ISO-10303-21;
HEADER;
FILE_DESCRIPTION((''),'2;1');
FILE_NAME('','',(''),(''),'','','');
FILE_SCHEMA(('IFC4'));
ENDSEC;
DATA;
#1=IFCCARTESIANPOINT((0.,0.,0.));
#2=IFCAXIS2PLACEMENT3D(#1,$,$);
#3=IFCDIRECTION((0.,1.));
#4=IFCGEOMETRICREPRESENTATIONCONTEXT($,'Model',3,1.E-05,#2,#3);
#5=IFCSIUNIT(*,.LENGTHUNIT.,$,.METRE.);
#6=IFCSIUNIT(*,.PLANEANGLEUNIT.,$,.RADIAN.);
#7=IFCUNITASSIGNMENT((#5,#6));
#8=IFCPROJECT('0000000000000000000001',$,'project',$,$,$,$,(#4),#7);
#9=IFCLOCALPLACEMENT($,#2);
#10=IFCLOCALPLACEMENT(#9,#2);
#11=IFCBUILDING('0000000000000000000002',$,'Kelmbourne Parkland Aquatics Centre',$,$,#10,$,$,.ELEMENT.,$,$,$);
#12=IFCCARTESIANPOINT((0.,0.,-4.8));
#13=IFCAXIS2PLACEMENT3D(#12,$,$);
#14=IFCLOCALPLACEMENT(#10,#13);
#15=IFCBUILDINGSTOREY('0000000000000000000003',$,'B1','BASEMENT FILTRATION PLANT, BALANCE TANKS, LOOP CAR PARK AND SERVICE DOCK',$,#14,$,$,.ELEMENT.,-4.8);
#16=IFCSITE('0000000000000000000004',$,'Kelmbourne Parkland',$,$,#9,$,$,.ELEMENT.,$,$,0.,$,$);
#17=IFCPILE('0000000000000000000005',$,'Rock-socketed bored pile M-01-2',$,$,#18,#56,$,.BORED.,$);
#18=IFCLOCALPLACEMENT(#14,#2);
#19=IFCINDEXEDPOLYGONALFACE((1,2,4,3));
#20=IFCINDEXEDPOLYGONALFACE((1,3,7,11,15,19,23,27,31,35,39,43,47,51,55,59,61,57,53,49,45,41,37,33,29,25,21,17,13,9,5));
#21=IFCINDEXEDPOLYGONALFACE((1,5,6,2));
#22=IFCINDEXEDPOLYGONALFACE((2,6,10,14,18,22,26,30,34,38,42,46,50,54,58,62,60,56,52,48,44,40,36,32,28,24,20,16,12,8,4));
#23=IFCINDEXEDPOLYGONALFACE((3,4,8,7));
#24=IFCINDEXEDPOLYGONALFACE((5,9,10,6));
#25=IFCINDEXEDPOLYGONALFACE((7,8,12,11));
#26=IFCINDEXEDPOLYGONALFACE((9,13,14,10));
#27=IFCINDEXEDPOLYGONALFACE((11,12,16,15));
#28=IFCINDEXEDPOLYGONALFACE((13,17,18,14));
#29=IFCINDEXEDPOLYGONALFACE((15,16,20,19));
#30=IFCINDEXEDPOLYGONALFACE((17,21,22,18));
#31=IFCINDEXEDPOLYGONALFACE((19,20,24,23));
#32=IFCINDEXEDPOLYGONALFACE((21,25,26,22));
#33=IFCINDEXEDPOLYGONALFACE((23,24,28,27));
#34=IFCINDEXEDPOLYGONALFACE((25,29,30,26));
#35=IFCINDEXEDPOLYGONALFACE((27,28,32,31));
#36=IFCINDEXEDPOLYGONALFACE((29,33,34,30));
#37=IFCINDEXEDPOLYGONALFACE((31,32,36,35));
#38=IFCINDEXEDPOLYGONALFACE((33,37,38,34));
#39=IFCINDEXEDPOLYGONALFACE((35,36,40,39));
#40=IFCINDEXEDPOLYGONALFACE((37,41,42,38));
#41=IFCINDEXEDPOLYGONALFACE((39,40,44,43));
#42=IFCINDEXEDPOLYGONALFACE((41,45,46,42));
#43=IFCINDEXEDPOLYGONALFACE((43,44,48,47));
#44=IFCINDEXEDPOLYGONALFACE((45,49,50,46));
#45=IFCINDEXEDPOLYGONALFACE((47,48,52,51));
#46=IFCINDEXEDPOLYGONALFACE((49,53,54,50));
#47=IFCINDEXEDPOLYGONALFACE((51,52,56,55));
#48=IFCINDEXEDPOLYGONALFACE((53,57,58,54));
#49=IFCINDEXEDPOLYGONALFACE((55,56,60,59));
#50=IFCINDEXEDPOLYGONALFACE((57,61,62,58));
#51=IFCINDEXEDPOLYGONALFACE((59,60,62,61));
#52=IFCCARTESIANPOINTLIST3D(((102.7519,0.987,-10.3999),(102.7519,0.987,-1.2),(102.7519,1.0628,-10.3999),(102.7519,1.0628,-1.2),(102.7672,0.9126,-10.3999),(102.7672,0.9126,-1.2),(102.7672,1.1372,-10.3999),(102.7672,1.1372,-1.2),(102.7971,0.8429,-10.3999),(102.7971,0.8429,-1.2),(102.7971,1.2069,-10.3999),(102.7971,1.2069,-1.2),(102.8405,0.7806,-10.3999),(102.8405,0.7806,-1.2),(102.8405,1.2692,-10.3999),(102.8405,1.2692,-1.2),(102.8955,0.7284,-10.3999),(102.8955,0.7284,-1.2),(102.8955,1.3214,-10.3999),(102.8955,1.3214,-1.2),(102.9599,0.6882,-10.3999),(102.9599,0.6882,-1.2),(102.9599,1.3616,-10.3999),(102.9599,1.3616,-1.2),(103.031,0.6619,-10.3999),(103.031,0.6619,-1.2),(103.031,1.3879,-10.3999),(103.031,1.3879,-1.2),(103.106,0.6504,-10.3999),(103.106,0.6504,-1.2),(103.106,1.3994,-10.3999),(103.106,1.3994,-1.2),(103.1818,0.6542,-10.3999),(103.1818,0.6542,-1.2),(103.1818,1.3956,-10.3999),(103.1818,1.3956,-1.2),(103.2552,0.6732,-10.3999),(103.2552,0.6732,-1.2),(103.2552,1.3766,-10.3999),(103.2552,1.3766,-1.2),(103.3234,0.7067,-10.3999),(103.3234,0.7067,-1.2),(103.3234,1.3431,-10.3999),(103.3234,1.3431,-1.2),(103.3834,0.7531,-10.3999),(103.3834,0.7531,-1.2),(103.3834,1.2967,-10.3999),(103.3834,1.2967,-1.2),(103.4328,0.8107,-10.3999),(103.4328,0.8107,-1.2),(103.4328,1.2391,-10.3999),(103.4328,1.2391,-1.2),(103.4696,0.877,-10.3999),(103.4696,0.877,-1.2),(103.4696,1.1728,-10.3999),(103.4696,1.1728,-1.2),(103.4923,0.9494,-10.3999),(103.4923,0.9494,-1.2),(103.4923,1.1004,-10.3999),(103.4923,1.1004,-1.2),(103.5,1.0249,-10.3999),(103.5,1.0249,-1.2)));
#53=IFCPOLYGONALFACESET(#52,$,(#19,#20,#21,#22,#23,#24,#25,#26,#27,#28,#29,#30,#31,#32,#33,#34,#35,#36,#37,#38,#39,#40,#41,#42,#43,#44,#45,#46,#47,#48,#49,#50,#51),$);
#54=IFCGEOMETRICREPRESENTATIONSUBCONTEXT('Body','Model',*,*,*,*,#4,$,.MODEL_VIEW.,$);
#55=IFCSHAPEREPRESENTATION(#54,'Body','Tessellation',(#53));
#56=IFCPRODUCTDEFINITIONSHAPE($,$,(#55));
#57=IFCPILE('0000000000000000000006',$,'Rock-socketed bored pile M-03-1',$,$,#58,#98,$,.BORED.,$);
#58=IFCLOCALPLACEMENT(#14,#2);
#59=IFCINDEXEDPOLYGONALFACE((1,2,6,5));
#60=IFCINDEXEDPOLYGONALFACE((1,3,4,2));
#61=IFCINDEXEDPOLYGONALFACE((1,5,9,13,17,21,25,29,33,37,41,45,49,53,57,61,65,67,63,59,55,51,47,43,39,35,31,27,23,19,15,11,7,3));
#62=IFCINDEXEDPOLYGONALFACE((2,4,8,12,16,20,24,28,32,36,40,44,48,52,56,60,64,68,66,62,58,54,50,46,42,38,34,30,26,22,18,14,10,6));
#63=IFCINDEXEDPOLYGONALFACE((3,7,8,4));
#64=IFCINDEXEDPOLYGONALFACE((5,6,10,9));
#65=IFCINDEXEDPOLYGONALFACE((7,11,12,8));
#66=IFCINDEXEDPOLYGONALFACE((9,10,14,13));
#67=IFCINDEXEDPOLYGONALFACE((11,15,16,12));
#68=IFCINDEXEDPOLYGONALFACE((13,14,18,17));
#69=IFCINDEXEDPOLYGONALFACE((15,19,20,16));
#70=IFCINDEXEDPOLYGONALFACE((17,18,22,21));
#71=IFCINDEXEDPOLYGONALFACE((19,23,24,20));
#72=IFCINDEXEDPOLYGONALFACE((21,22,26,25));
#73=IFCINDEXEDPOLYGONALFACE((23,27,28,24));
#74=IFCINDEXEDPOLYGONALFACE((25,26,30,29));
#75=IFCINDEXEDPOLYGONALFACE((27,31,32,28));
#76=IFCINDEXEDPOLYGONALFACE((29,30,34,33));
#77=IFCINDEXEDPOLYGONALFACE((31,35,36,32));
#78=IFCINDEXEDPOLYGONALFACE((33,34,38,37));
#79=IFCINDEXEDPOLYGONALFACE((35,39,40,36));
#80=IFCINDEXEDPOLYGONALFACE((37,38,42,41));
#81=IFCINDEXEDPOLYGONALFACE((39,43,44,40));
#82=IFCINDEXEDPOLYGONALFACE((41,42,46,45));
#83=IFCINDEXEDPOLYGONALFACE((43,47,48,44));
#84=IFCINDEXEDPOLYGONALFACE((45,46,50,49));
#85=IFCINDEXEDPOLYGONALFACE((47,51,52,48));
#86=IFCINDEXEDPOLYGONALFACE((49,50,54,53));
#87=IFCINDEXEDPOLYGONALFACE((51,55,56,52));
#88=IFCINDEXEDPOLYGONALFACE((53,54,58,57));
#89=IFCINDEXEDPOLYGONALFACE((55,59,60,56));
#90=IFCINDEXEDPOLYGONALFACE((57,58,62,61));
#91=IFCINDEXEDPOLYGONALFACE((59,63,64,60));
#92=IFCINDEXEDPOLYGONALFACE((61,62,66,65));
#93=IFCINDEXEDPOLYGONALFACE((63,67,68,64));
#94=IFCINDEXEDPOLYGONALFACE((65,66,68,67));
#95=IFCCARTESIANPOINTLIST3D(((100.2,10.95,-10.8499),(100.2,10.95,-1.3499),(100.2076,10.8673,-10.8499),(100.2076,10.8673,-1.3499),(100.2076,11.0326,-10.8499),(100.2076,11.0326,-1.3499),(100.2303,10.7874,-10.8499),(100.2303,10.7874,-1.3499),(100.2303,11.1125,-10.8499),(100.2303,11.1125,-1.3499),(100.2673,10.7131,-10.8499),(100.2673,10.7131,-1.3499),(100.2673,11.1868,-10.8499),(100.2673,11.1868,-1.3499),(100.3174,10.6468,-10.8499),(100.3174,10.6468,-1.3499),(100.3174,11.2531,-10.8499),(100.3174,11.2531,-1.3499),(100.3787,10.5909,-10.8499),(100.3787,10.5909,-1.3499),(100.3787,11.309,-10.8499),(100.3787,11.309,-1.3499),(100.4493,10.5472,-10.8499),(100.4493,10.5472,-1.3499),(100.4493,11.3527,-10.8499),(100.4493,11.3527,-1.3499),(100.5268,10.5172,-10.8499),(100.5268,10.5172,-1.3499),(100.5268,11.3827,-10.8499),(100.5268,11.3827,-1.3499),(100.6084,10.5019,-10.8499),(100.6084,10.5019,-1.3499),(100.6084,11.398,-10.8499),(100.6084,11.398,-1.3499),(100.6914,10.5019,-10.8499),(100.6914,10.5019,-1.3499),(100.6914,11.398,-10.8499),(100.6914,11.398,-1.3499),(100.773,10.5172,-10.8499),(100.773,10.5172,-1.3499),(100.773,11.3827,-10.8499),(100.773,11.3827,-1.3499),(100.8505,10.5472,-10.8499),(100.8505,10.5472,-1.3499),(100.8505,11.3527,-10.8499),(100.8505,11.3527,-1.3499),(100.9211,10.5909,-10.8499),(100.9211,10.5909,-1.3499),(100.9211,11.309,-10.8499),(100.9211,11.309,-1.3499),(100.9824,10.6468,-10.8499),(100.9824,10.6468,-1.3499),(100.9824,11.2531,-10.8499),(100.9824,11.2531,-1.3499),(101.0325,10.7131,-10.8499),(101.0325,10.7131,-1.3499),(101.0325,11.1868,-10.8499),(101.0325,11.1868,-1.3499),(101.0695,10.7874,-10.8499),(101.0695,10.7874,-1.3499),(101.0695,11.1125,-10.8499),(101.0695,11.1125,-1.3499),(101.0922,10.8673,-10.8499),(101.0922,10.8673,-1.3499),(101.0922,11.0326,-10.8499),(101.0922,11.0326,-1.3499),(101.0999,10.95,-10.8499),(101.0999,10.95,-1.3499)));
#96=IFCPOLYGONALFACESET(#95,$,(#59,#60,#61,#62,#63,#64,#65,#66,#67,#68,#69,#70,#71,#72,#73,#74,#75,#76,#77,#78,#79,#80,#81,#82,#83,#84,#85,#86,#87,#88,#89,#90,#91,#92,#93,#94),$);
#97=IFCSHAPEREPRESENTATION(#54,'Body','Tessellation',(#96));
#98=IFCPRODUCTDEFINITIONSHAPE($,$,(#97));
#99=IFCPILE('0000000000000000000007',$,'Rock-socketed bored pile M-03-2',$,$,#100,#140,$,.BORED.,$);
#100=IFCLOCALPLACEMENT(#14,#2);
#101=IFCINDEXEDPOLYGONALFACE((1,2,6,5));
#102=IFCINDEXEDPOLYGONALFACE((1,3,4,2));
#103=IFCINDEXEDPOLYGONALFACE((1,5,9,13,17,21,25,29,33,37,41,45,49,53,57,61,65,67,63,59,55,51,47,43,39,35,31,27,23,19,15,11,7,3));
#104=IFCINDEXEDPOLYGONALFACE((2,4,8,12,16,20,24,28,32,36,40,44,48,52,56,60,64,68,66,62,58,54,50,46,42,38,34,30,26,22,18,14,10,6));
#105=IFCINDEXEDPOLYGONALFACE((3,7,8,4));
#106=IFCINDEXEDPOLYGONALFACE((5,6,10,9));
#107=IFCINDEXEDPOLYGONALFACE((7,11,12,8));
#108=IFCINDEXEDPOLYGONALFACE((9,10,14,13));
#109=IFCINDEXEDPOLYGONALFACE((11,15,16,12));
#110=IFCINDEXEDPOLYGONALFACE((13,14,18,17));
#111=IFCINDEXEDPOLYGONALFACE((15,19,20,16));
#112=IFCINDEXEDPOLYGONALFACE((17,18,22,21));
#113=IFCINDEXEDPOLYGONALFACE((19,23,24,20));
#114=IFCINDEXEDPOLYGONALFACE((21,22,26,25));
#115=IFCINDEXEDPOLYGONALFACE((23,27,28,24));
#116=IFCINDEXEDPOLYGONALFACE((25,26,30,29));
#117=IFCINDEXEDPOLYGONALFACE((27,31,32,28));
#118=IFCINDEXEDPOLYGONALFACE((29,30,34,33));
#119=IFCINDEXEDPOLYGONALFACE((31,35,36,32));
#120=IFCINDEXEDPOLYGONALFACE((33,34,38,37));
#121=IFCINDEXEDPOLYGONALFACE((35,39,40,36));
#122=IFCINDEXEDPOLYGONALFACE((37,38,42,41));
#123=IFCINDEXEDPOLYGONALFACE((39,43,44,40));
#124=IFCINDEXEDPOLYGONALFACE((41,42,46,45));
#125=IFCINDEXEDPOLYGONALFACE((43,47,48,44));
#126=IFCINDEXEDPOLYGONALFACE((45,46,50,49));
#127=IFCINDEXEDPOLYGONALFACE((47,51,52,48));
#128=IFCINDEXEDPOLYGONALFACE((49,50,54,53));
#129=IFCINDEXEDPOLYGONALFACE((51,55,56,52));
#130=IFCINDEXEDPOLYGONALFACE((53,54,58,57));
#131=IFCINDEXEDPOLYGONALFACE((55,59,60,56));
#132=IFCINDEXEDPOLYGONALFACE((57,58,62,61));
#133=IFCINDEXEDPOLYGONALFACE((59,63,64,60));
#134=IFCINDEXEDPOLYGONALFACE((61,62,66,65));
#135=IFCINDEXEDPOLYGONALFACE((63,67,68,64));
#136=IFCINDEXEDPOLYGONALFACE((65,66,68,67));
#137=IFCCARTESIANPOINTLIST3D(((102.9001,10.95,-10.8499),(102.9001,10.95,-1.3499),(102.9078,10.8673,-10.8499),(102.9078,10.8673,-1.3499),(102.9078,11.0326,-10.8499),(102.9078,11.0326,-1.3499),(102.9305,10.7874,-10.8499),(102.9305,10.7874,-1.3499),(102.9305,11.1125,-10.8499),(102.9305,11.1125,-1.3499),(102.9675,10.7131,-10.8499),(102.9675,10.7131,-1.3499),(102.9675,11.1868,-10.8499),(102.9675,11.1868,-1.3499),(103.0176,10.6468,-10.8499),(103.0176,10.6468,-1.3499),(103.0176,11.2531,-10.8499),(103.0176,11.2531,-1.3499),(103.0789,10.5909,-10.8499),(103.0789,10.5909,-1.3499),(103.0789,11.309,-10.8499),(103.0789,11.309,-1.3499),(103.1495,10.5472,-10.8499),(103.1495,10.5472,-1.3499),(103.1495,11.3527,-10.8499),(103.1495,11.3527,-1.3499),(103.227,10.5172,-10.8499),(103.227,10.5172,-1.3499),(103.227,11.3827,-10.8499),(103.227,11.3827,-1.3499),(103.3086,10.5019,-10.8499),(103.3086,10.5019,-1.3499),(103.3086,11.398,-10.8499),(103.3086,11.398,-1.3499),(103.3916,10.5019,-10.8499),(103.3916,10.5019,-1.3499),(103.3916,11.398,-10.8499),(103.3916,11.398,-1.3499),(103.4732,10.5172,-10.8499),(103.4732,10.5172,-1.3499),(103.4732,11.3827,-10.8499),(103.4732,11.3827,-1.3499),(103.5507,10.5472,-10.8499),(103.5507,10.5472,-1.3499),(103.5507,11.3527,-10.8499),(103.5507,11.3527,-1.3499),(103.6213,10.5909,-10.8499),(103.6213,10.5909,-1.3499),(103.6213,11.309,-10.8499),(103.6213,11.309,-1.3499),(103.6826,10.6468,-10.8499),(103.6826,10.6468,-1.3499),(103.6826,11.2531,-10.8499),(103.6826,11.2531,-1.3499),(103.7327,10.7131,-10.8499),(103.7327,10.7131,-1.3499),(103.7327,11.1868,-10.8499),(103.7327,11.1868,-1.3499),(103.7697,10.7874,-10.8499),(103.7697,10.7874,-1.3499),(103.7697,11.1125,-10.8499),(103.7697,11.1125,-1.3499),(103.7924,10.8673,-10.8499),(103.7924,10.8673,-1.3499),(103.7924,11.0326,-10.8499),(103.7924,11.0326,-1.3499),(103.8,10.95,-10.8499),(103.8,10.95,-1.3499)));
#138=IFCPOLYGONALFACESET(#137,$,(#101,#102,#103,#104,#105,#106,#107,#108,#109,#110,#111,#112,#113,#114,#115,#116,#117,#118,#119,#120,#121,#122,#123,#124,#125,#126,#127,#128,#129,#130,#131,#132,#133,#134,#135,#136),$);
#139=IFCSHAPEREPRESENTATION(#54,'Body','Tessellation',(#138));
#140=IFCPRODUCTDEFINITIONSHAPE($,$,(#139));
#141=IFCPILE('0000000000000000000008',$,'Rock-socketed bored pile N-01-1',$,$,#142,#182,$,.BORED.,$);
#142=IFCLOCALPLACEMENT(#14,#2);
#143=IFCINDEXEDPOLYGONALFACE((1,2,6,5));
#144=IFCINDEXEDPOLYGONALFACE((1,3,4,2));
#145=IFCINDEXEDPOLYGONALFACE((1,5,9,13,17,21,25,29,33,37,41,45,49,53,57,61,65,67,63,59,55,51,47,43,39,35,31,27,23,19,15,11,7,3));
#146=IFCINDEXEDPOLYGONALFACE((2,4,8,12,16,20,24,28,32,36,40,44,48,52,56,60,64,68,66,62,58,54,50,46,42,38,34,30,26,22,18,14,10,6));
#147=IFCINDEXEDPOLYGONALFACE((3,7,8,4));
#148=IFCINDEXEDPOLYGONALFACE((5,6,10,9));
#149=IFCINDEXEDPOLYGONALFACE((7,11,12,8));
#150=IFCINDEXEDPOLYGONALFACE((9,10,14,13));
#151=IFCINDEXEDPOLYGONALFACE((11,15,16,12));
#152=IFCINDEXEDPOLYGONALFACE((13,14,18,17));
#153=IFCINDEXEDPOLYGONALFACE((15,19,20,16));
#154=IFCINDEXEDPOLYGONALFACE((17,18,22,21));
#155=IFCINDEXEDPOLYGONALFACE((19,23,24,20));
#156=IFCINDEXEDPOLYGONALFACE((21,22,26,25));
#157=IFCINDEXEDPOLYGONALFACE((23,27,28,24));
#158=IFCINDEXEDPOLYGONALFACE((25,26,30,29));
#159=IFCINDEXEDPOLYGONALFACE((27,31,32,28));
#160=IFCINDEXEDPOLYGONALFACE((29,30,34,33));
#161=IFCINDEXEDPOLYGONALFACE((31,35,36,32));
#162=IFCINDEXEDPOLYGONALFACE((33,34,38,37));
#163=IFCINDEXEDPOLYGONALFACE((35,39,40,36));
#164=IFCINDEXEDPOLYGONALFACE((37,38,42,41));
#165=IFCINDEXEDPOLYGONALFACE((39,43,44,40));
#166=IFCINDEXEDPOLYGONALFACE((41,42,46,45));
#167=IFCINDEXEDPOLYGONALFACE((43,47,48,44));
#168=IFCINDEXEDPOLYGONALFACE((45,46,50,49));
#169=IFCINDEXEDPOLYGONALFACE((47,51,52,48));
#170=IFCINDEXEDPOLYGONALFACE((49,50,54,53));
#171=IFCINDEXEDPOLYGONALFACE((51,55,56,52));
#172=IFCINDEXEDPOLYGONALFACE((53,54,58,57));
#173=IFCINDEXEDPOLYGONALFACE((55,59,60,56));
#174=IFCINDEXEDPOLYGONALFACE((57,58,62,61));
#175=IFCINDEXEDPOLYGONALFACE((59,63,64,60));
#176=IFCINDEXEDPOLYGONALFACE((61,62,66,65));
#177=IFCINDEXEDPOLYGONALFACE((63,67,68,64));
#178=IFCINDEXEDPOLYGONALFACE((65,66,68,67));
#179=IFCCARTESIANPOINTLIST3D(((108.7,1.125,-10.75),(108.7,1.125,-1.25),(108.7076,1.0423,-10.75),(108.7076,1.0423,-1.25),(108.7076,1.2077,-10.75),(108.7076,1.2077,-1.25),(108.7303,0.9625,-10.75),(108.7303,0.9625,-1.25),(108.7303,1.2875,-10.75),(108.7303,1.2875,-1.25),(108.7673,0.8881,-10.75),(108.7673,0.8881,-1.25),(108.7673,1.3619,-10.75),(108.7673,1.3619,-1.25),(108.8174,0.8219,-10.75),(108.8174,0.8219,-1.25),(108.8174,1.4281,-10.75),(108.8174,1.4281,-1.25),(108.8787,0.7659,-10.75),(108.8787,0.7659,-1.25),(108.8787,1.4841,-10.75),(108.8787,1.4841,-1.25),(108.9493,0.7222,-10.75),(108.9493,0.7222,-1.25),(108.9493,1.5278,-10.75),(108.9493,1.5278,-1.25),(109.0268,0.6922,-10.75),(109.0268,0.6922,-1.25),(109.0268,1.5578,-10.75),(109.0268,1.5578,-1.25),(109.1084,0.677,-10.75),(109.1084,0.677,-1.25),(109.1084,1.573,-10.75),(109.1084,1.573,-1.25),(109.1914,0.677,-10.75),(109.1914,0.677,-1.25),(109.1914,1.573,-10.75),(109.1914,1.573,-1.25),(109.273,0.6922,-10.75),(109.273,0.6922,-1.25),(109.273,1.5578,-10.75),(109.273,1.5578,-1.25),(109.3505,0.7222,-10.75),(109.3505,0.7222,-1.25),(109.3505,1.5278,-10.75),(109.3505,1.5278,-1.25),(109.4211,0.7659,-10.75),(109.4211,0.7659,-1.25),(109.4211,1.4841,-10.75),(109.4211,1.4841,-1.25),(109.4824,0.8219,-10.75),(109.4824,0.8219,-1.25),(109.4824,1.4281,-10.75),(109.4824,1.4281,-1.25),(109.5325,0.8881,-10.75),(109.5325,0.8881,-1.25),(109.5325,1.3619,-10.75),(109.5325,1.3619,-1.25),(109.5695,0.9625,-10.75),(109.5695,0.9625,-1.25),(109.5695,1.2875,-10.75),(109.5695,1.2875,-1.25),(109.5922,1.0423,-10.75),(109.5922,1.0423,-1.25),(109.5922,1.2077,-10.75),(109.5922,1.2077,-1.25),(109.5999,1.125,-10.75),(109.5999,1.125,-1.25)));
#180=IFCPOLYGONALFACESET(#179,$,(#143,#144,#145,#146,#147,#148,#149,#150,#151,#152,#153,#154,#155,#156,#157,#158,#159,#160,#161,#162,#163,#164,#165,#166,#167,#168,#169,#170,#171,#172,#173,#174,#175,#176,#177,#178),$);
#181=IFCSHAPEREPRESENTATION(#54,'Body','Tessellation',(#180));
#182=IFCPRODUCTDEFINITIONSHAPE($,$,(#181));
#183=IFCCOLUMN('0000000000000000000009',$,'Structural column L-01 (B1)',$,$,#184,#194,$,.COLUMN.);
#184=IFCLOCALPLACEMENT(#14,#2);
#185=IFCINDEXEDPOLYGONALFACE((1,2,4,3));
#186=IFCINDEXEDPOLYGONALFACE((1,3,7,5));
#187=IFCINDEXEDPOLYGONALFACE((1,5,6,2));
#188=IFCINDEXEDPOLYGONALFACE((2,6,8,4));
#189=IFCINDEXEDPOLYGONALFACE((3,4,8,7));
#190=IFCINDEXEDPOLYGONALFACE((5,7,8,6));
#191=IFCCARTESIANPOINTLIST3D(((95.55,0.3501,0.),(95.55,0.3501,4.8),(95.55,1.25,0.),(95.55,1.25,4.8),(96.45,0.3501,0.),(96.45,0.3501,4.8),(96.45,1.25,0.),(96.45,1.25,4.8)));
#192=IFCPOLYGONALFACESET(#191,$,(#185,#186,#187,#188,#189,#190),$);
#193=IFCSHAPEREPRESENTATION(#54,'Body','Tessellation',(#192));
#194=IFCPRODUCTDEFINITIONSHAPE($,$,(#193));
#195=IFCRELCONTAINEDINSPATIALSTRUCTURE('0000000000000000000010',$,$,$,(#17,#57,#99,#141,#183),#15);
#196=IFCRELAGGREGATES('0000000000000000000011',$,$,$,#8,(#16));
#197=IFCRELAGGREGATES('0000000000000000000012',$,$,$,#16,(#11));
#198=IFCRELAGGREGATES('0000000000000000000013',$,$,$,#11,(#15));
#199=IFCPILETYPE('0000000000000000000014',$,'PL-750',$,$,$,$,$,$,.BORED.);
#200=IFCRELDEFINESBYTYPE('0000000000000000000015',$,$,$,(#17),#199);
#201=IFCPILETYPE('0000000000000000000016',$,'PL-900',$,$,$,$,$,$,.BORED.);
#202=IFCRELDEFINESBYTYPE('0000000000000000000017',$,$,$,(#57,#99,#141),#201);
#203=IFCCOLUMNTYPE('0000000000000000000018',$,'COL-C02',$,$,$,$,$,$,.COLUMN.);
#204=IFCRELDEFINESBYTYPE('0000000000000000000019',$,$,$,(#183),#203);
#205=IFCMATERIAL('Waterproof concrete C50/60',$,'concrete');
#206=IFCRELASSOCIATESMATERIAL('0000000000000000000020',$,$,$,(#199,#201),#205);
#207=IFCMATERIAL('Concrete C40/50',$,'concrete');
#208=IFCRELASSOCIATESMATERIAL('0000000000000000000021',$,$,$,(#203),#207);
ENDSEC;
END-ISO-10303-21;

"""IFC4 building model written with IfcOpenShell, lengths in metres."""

from ifc_helpers import new_model, si_unit, direction, frame, origin, origin_2d, place, context, subcontext, project, spatial, rectangle, circle, extrude, material, material_profile, profile_set, type_object, element, save


model = new_model("IFC4")

# Units and contexts
model_context = context("Model", 3, precision=1e-05, world=origin(), true_north=direction((0.0, 1.0)))
body_context = subcontext(model_context, "Body", "Model", "MODEL_VIEW")
ifc_project = project(units=[si_unit("LENGTHUNIT", "METRE"), si_unit("PLANEANGLEUNIT", "RADIAN")], contexts=[model_context])

# Site, building, storey
site_placement = place(None, origin())
site = spatial("IfcSite", under=ifc_project, at=site_placement, Name="Kelmbourne Parkland", CompositionType="ELEMENT", RefElevation=0.0)
building_placement = place(site_placement, origin())
building = spatial("IfcBuilding", under=site, at=building_placement, Name="Kelmbourne Parkland Aquatics Centre", CompositionType="ELEMENT")
storey_placement = place(building_placement, frame((0.0, 0.0, -4.8)))
storey = spatial("IfcBuildingStorey", under=building, at=storey_placement, Name="B1", Description="BASEMENT FILTRATION PLANT, BALANCE TANKS, LOOP CAR PARK AND SERVICE DOCK", CompositionType="ELEMENT", Elevation=-4.8)

# Shared definitions
ifc_material_1 = material(Name="Waterproof concrete C50/60", Category="concrete")

# Piles
ifc_material_profile_1 = material_profile(ifc_material_1, circle(Radius=0.375, at=origin_2d()), Name="PILE D750")
ifc_profile_set_1 = profile_set([ifc_material_profile_1], Name="Waterproof concrete C50/60")
pile_type_1 = type_object("IfcPileType", Name="PL-750", PredefinedType="BORED", material=ifc_profile_set_1)
for number, where, z_axis, x_axis, name in (
    (1, (103.125, 1.0249, -1.2), (0.0, 0.0, -1.0), (1.0, 0.0, 0.0), "Rock-socketed bored pile M-01-2"),
):
    element("IfcPile", number, at=place(storey_placement, frame(where, z_axis=z_axis, x_axis=x_axis)), inside=storey, type_object=pile_type_1, Name=name, PredefinedType="BORED", context=body_context, shape_type="SweptSolid", body=[
        extrude(circle(Radius=0.375, at=origin_2d()), origin(), (0.0, 0.0, 1.0), 9.2),
    ])
ifc_material_profile_2 = material_profile(ifc_material_1, circle(Radius=0.45, at=origin_2d()), Name="PILE D900")
ifc_profile_set_2 = profile_set([ifc_material_profile_2], Name="Waterproof concrete C50/60")
pile_type_2 = type_object("IfcPileType", Name="PL-900", PredefinedType="BORED", material=ifc_profile_set_2)
for number, where, z_axis, x_axis, name in (
    (2, (100.6499, 10.95, -1.3499), (0.0, 0.0, -1.0), (1.0, 0.0, 0.0), "Rock-socketed bored pile M-03-1"),
    (3, (103.3501, 10.95, -1.3499), (0.0, 0.0, -1.0), (1.0, 0.0, 0.0), "Rock-socketed bored pile M-03-2"),
    (4, (109.1499, 1.125, -1.25), (0.0, 0.0, -1.0), (1.0, 0.0, 0.0), "Rock-socketed bored pile N-01-1"),
):
    element("IfcPile", number, at=place(storey_placement, frame(where, z_axis=z_axis, x_axis=x_axis)), inside=storey, type_object=pile_type_2, Name=name, PredefinedType="BORED", context=body_context, shape_type="SweptSolid", body=[
        extrude(circle(Radius=0.45, at=origin_2d()), origin(), (0.0, 0.0, 1.0), 9.5),
    ])

# Column
ifc_material_2 = material(Name="Concrete C40/50", Category="concrete")
ifc_material_profile_3 = material_profile(ifc_material_2, rectangle(XDim=0.8999, YDim=0.8999, at=origin_2d()), Name="RC 900x900")
ifc_profile_set_3 = profile_set([ifc_material_profile_3], Name="Concrete C40/50")
column_type_1 = type_object("IfcColumnType", Name="COL-C02", PredefinedType="COLUMN", material=ifc_profile_set_3)
column_1_placement = place(storey_placement, frame((96.0, 0.8, 0.0), z_axis=(0.0, 0.0, 1.0), x_axis=(1.0, 0.0, 0.0)))
element("IfcColumn", 5, at=column_1_placement, inside=storey, type_object=column_type_1, Name="Structural column L-01 (B1)", PredefinedType="COLUMN", context=body_context, shape_type="SweptSolid", body=[
    extrude(rectangle(XDim=0.8999, YDim=0.8999, at=origin_2d()), origin(), (0.0, 0.0, 1.0), 4.8),
])

save(model, "model.ifc")
